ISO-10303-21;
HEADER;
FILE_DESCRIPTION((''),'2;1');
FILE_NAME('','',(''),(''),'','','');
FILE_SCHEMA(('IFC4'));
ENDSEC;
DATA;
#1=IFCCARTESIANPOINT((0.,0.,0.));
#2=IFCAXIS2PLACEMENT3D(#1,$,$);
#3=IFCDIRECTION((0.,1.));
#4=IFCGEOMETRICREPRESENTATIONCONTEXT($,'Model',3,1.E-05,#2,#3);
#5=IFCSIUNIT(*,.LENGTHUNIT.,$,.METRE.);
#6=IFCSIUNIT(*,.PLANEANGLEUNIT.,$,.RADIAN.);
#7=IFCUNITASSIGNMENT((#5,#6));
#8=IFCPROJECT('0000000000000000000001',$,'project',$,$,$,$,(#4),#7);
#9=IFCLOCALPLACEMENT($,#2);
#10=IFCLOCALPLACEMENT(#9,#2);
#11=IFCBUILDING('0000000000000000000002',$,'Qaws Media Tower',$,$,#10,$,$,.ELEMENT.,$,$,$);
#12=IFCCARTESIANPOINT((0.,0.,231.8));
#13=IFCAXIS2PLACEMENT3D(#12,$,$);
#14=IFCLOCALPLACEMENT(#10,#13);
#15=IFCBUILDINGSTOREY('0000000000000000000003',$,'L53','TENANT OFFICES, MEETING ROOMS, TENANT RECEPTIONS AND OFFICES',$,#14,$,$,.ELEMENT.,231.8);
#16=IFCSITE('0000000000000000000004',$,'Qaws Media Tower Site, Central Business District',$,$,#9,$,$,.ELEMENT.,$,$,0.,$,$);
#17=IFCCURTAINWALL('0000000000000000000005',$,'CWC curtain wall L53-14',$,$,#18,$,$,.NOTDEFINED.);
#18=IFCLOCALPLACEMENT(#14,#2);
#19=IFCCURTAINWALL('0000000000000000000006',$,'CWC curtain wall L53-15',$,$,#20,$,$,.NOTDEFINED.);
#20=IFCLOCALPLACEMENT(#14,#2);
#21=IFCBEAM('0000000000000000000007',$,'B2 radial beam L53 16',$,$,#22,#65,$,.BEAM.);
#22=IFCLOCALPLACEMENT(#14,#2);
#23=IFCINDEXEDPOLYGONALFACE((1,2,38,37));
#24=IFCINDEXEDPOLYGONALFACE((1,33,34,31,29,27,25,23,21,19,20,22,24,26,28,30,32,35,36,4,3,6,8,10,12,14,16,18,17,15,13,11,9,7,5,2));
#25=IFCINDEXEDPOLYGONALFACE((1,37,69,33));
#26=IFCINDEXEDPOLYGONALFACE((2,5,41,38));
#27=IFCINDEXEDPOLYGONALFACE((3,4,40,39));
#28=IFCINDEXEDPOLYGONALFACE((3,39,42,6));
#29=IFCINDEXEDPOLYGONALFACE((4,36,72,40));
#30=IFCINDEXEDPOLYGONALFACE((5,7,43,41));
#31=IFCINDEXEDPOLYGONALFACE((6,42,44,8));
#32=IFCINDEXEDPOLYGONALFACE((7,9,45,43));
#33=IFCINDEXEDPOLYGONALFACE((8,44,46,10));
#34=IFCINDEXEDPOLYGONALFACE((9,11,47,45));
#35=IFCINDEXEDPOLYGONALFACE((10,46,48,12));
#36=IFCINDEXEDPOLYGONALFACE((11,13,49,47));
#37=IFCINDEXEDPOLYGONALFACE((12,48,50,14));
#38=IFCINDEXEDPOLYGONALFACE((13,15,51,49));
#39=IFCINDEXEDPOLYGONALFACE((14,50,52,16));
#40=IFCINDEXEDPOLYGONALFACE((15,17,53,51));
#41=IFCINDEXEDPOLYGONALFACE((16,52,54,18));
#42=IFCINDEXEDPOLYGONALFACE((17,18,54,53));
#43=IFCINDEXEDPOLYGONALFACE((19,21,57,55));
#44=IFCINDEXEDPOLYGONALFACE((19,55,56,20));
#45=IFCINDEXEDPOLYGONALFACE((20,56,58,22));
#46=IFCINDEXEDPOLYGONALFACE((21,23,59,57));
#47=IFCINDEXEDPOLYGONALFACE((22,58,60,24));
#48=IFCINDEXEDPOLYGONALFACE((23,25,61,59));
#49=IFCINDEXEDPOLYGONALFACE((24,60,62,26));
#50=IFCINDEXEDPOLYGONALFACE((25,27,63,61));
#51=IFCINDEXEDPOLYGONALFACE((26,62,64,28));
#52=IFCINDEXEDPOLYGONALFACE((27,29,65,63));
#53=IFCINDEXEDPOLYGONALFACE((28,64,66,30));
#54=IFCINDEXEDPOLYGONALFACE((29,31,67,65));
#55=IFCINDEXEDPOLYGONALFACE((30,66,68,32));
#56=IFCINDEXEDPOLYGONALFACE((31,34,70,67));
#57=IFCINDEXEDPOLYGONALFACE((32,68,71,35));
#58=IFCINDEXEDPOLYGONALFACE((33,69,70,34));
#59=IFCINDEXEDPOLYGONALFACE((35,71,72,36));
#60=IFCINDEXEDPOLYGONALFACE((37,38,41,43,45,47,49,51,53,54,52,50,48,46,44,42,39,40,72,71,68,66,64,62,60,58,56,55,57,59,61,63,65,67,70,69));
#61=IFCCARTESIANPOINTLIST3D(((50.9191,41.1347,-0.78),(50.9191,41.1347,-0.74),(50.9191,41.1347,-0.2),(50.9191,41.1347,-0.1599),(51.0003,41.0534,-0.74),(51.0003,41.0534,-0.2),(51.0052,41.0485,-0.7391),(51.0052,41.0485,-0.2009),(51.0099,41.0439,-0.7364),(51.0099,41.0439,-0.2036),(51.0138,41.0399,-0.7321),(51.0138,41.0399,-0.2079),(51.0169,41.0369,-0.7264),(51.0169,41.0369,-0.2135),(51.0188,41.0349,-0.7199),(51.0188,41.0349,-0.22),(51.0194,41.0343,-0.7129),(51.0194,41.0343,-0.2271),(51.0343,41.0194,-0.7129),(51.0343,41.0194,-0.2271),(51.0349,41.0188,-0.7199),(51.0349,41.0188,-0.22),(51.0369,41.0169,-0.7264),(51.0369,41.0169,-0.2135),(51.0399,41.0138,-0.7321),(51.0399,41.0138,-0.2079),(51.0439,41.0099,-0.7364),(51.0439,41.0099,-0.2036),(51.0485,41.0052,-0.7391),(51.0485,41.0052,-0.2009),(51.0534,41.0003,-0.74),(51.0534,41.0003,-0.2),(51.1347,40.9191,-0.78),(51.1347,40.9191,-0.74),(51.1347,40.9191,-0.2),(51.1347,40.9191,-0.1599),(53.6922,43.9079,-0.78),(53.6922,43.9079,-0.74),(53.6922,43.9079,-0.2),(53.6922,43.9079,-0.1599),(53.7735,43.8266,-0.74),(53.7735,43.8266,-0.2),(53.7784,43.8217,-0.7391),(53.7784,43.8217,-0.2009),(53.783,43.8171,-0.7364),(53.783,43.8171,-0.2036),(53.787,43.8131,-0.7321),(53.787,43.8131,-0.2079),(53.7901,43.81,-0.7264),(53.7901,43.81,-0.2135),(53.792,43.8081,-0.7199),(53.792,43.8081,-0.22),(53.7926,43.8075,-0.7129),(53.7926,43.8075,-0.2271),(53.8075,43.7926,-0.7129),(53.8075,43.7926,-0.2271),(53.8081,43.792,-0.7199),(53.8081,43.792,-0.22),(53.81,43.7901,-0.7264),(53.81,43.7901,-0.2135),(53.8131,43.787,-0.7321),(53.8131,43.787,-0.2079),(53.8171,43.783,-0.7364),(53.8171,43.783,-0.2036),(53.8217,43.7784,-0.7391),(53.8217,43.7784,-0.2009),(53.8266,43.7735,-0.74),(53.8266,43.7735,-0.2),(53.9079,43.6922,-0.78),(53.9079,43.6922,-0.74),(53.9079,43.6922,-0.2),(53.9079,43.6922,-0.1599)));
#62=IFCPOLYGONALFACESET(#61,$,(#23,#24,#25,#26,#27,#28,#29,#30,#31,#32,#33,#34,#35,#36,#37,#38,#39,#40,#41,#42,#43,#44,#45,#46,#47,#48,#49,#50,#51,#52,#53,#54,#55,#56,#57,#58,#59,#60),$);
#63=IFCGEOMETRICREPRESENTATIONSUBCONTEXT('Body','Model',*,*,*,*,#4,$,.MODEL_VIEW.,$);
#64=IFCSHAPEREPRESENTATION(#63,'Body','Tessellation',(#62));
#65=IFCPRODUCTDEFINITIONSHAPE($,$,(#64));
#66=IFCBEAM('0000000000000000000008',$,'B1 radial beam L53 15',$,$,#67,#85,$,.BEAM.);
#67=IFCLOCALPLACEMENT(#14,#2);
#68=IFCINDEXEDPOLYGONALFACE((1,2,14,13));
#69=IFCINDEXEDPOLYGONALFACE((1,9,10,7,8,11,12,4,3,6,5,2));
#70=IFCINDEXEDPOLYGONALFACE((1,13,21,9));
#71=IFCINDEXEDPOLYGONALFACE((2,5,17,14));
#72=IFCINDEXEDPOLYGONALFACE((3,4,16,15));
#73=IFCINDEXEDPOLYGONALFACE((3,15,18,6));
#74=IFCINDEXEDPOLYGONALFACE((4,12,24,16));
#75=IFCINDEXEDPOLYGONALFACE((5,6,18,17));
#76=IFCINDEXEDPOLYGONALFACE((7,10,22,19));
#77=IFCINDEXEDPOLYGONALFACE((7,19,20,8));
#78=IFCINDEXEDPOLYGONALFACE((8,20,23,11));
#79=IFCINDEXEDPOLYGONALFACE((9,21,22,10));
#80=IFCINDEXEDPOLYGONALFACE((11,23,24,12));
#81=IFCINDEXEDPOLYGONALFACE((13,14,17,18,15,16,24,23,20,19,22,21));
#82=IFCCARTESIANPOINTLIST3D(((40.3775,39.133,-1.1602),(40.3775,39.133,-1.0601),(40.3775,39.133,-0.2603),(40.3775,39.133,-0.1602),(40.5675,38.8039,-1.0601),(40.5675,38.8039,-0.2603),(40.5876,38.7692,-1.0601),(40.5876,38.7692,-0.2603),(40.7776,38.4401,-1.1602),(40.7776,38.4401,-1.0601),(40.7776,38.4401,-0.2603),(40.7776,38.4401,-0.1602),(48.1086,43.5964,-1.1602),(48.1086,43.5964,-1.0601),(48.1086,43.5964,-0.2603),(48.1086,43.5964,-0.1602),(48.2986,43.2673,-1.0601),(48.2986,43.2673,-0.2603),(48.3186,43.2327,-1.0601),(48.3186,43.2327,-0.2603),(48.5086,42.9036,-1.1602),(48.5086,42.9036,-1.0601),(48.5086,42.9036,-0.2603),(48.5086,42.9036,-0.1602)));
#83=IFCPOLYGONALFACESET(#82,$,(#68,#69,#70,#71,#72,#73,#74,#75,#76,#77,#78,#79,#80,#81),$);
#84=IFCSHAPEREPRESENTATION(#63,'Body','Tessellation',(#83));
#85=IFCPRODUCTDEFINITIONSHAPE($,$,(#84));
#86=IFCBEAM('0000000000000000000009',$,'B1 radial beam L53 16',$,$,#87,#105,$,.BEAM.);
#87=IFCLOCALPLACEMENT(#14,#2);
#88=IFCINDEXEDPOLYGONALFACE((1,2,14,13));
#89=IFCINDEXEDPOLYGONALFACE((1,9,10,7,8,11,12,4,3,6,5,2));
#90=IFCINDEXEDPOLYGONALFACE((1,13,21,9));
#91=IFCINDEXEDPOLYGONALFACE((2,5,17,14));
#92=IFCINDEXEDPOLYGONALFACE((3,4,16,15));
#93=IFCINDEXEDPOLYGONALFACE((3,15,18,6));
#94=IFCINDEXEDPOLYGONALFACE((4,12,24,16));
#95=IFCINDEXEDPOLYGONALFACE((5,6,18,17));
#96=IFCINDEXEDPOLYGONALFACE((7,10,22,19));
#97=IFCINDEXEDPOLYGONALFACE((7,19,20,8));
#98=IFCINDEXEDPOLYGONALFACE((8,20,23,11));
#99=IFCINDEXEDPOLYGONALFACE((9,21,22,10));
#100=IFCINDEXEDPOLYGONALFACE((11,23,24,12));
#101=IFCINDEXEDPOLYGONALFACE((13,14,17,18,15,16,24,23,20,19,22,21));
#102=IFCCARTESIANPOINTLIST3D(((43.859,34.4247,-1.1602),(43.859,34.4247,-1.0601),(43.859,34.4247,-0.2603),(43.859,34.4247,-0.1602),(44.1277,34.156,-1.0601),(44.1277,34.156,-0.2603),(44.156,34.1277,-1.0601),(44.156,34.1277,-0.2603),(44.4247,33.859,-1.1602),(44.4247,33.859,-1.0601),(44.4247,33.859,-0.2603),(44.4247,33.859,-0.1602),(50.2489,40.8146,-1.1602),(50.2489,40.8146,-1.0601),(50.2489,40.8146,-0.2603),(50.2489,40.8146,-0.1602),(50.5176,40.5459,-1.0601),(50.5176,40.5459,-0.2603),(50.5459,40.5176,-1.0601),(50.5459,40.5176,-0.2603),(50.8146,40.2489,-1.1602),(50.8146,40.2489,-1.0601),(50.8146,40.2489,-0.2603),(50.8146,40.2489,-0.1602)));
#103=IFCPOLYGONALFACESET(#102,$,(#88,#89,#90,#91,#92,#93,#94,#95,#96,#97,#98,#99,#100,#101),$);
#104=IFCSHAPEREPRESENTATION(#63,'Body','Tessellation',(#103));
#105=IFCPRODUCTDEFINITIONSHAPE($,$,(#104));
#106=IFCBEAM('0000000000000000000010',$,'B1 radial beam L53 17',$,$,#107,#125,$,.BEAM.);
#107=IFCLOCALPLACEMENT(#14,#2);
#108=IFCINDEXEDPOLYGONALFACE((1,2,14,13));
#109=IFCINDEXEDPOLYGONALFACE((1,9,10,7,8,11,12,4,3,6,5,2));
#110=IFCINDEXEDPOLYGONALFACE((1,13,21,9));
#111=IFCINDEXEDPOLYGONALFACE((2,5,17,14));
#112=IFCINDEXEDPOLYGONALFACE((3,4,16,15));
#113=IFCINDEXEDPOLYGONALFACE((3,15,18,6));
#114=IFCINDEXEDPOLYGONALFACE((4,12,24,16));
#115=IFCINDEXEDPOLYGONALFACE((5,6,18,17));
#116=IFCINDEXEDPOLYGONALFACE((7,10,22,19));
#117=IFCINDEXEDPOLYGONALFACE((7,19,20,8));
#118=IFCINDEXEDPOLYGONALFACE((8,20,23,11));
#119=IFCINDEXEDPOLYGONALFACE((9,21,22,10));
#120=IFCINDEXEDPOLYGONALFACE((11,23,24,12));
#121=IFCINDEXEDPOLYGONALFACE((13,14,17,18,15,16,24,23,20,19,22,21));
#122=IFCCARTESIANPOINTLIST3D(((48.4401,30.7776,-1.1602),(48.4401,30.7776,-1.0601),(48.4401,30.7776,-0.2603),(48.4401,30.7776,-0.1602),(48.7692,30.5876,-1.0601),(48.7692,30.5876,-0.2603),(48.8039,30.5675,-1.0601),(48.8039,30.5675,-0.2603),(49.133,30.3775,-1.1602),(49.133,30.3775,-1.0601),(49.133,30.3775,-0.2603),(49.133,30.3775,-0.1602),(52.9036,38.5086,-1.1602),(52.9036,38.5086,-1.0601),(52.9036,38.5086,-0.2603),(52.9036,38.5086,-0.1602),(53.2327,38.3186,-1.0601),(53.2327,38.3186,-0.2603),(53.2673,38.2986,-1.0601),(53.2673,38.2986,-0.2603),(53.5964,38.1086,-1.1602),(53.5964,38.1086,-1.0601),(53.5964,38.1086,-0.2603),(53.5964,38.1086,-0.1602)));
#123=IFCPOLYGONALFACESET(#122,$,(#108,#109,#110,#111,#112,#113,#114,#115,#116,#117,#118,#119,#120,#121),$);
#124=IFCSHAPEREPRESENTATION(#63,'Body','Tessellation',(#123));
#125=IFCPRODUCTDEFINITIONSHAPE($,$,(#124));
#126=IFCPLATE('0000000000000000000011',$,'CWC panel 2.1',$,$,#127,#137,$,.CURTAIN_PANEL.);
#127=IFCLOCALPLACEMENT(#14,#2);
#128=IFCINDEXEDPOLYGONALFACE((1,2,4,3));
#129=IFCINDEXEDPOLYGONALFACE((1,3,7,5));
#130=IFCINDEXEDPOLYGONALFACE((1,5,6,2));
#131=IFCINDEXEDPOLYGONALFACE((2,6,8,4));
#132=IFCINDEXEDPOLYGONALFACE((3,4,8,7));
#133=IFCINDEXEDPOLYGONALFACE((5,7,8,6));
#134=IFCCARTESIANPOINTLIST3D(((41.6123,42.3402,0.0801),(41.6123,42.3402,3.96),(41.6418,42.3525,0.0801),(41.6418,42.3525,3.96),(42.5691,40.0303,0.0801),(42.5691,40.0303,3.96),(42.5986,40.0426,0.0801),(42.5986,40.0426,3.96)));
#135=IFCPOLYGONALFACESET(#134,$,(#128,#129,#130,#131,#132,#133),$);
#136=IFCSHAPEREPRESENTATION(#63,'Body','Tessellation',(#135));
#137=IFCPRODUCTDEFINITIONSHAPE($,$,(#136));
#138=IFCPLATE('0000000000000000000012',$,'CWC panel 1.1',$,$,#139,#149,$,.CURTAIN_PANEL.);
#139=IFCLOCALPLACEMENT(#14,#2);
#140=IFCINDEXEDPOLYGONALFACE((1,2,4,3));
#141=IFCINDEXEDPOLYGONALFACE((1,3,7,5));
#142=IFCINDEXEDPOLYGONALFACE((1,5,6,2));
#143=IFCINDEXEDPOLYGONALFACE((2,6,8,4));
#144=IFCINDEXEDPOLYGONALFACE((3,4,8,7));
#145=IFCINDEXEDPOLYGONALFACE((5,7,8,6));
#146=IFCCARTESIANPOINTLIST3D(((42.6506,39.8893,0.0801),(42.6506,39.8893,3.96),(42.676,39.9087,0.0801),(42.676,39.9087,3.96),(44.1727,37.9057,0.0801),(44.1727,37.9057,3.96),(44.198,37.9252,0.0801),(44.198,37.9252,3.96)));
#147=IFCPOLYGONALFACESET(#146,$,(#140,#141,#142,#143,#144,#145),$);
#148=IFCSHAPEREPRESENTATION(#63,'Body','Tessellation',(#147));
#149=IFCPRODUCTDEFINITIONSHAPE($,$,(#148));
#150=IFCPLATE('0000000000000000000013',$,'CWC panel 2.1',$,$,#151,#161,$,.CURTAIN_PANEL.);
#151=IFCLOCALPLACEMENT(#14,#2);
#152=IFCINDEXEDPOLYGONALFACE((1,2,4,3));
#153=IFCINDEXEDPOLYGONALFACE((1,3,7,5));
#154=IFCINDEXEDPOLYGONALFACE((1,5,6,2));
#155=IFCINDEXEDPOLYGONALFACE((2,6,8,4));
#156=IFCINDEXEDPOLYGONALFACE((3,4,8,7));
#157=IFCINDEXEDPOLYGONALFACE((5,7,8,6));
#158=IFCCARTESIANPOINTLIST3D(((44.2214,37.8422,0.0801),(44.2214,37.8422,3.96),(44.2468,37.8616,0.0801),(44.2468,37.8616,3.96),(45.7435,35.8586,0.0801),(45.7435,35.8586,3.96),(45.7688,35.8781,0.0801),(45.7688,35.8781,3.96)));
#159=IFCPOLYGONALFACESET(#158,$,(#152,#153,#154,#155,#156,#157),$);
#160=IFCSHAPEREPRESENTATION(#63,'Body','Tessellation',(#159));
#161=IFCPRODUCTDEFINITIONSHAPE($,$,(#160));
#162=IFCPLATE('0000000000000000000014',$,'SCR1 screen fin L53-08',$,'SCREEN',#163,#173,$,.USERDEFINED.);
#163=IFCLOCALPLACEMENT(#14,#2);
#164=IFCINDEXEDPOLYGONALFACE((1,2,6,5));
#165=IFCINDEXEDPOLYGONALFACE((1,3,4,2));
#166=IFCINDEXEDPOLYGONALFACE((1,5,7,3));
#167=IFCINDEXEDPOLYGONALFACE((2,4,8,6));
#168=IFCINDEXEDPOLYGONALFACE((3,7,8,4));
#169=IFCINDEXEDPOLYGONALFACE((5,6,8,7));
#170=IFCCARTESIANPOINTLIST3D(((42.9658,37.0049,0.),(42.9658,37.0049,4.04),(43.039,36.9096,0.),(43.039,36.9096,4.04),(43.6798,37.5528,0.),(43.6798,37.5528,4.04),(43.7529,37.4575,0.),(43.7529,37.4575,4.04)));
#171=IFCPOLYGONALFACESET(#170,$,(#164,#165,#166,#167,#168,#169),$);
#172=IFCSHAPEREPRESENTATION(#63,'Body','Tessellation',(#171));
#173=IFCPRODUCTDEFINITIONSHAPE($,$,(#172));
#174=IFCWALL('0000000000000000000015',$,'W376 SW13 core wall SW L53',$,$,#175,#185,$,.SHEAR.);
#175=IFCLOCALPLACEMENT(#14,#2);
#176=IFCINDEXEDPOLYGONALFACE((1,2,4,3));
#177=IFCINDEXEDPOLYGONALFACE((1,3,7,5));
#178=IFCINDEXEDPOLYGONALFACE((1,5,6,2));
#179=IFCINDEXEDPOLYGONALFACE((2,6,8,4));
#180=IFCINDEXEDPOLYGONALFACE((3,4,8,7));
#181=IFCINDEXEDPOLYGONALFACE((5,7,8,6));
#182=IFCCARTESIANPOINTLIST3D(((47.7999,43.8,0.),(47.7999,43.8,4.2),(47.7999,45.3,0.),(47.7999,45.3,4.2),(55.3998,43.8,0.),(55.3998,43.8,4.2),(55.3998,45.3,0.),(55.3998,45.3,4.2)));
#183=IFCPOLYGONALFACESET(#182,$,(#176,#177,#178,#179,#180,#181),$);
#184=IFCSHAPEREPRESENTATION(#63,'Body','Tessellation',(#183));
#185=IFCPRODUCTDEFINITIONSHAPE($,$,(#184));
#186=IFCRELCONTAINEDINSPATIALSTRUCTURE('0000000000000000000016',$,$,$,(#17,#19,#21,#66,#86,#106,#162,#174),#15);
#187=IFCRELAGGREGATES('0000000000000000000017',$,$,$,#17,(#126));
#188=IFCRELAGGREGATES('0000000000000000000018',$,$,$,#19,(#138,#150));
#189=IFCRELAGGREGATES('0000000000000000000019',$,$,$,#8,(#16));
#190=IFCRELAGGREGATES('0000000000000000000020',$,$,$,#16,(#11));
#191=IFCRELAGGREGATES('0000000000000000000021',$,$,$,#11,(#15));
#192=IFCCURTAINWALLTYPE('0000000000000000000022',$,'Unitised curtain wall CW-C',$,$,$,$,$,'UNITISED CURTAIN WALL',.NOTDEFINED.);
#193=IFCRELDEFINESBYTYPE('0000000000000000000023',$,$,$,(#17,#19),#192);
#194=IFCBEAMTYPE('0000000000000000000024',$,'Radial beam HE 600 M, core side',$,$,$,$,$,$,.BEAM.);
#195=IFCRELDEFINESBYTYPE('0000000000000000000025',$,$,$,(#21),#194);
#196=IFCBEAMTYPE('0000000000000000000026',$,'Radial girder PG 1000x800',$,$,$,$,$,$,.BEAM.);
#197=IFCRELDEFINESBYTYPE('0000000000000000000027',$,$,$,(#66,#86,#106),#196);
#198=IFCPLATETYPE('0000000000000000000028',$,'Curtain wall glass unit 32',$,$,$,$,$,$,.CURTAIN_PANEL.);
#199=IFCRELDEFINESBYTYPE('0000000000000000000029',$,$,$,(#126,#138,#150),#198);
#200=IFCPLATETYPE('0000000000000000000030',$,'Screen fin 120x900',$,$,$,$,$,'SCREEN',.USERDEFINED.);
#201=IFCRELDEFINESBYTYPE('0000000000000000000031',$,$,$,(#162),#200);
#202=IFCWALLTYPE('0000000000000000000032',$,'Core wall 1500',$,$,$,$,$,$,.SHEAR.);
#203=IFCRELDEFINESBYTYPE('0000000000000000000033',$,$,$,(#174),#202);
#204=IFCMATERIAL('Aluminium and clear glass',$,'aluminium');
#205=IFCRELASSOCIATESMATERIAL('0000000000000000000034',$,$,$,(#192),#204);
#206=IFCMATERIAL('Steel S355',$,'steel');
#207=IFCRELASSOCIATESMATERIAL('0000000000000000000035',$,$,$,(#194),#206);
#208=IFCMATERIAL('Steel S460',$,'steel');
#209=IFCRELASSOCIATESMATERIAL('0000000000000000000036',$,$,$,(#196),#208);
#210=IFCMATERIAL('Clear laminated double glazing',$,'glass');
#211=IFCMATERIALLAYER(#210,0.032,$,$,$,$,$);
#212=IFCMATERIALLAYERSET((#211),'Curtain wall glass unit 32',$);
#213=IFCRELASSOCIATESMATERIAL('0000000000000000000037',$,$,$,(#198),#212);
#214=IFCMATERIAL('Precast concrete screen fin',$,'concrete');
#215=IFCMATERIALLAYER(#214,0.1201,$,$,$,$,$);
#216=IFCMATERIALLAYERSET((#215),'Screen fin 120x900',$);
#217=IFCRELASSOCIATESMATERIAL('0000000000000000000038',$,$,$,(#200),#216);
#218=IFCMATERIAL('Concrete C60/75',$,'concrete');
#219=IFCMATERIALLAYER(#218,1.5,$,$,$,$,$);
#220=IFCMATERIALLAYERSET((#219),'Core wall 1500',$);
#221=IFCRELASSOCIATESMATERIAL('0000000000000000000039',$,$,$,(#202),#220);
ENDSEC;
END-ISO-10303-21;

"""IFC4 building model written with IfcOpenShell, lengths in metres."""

from ifc_helpers import new_model, si_unit, direction, frame, frame_2d, origin, origin_2d, place, context, subcontext, project, spatial, rectangle, i_section, extrude, material, layer, layer_set, material_profile, profile_set, type_object, element, aggregate, save


model = new_model("IFC4")

# Units and contexts
model_context = context("Model", 3, precision=1e-05, world=origin(), true_north=direction((0.0, 1.0)))
body_context = subcontext(model_context, "Body", "Model", "MODEL_VIEW")
ifc_project = project(units=[si_unit("LENGTHUNIT", "METRE"), si_unit("PLANEANGLEUNIT", "RADIAN")], contexts=[model_context])

# Site, building, storey
site_placement = place(None, origin())
site = spatial("IfcSite", under=ifc_project, at=site_placement, Name="Qaws Media Tower Site, Central Business District", CompositionType="ELEMENT", RefElevation=0.0)
building_placement = place(site_placement, origin())
building = spatial("IfcBuilding", under=site, at=building_placement, Name="Qaws Media Tower", CompositionType="ELEMENT")
storey_placement = place(building_placement, frame((0.0, 0.0, 231.8)))
storey = spatial("IfcBuildingStorey", under=building, at=storey_placement, Name="L53", Description="TENANT OFFICES, MEETING ROOMS, TENANT RECEPTIONS AND OFFICES", CompositionType="ELEMENT", Elevation=231.8)

# Curtain wall
ifc_material_1 = material(Name="Aluminium and clear glass", Category="aluminium")
curtain_wall_type = type_object("IfcCurtainWallType", Name="Unitised curtain wall CW-C", ElementType="UNITISED CURTAIN WALL", PredefinedType="NOTDEFINED", material=ifc_material_1)
curtain_wall_1_placement = place(storey_placement, origin())
curtain_wall_1 = element("IfcCurtainWall", 1, at=curtain_wall_1_placement, inside=storey, type_object=curtain_wall_type, Name="CWC curtain wall L53-14", PredefinedType="NOTDEFINED")

# Curtain wall
curtain_wall_2_placement = place(storey_placement, origin())
curtain_wall_2 = element("IfcCurtainWall", 2, at=curtain_wall_2_placement, inside=storey, type_object=curtain_wall_type, Name="CWC curtain wall L53-15", PredefinedType="NOTDEFINED")

# Beams
ifc_material_2 = material(Name="Steel S355", Category="steel")
ifc_material_profile_1 = material_profile(ifc_material_2, i_section(OverallWidth=0.3049, OverallDepth=0.6201, WebThickness=0.021, FlangeThickness=0.04, FilletRadius=0.0271, at=origin_2d()), Name="HE 600 M")
ifc_profile_set_1 = profile_set([ifc_material_profile_1], Name="Steel S355")
beam_type_1 = type_object("IfcBeamType", Name="Radial beam HE 600 M, core side", PredefinedType="BEAM", material=ifc_profile_set_1)
beam_1_placement = place(storey_placement, frame((53.8, 43.8, -0.47), z_axis=(-0.707107, -0.707107, 0.0), x_axis=(0.707107, -0.707107, 0.0)))
element("IfcBeam", 3, at=beam_1_placement, inside=storey, type_object=beam_type_1, Name="B2 radial beam L53 16", PredefinedType="BEAM", context=body_context, shape_type="SweptSolid", body=[
    extrude(i_section(OverallWidth=0.3049, OverallDepth=0.6201, WebThickness=0.021, FlangeThickness=0.04, FilletRadius=0.0271, at=origin_2d()), origin(), (0.0, 0.0, 1.0), 3.9219),
])
ifc_material_3 = material(Name="Steel S460", Category="steel")
ifc_material_profile_2 = material_profile(ifc_material_3, i_section(OverallWidth=0.8, OverallDepth=1.0, WebThickness=0.04, FlangeThickness=0.1001, at=origin_2d()), Name="PG 1000x800")
ifc_profile_set_2 = profile_set([ifc_material_profile_2], Name="Steel S460")
beam_type_2 = type_object("IfcBeamType", Name="Radial girder PG 1000x800", PredefinedType="BEAM", material=ifc_profile_set_2)
beam_2_placement = place(storey_placement, frame((48.3086, 43.25, -0.6602), z_axis=(-0.86603, -0.499992, 0.0), x_axis=(0.499992, -0.86603, 0.0)))
element("IfcBeam", 4, at=beam_2_placement, inside=storey, type_object=beam_type_2, Name="B1 radial beam L53 15", PredefinedType="BEAM", context=body_context, shape_type="SweptSolid", body=[
    extrude(i_section(OverallWidth=0.8, OverallDepth=1.0, WebThickness=0.04, FlangeThickness=0.1001, at=origin_2d()), origin(), (0.0, 0.0, 1.0), 8.927),
])
beam_3_placement = place(storey_placement, frame((50.5317, 40.5317, -0.6602), z_axis=(-0.707107, -0.707107, 0.0), x_axis=(0.707107, -0.707107, 0.0)))
element("IfcBeam", 5, at=beam_3_placement, inside=storey, type_object=beam_type_2, Name="B1 radial beam L53 16", PredefinedType="BEAM", context=body_context, shape_type="SweptSolid", body=[
    extrude(i_section(OverallWidth=0.8, OverallDepth=1.0, WebThickness=0.04, FlangeThickness=0.1001, at=origin_2d()), origin(), (0.0, 0.0, 1.0), 9.0366),
])
beam_4_placement = place(storey_placement, frame((53.25, 38.3086, -0.6602), z_axis=(-0.499992, -0.86603, 0.0), x_axis=(0.86603, -0.499992, 0.0)))
element("IfcBeam", 6, at=beam_4_placement, inside=storey, type_object=beam_type_2, Name="B1 radial beam L53 17", PredefinedType="BEAM", context=body_context, shape_type="SweptSolid", body=[
    extrude(i_section(OverallWidth=0.8, OverallDepth=1.0, WebThickness=0.04, FlangeThickness=0.1001, at=origin_2d()), origin(), (0.0, 0.0, 1.0), 8.927),
])

# Plates
ifc_material_4 = material(Name="Clear laminated double glazing", Category="glass")
ifc_layer_1 = layer(ifc_material_4, 0.032)
ifc_layer_set_1 = layer_set([ifc_layer_1], Name="Curtain wall glass unit 32")
plate_type_1 = type_object("IfcPlateType", Name="Curtain wall glass unit 32", PredefinedType="CURTAIN_PANEL", material=ifc_layer_set_1)
plate_1_placement = place(storey_placement, frame((42.1055, 41.1914, 0.0801), z_axis=(0.0, 0.0, 1.0), x_axis=(0.382683, -0.92388, 0.0)))
plate_1 = element("IfcPlate", 7, at=plate_1_placement, type_object=plate_type_1, Name="CWC panel 2.1", PredefinedType="CURTAIN_PANEL", context=body_context, shape_type="SweptSolid", body=[
    extrude(rectangle(XDim=2.5002, YDim=0.032, at=origin_2d()), origin(), (0.0, 0.0, 1.0), 3.8799),
])
aggregate(curtain_wall_1, [plate_1])
plate_2_placement = place(storey_placement, frame((43.4243, 38.9072, 0.0801), z_axis=(0.0, 0.0, 1.0), x_axis=(0.608761, -0.793353, 0.0)))
plate_2 = element("IfcPlate", 8, at=plate_2_placement, type_object=plate_type_1, Name="CWC panel 1.1", PredefinedType="CURTAIN_PANEL", context=body_context, shape_type="SweptSolid", body=[
    extrude(rectangle(XDim=2.5002, YDim=0.032, at=origin_2d()), origin(), (0.0, 0.0, 1.0), 3.8799),
])
plate_3_placement = place(storey_placement, frame((44.9951, 36.8601, 0.0801), z_axis=(0.0, 0.0, 1.0), x_axis=(0.608761, -0.793353, 0.0)))
plate_3 = element("IfcPlate", 9, at=plate_3_placement, type_object=plate_type_1, Name="CWC panel 2.1", PredefinedType="CURTAIN_PANEL", context=body_context, shape_type="SweptSolid", body=[
    extrude(rectangle(XDim=2.5002, YDim=0.032, at=origin_2d()), origin(), (0.0, 0.0, 1.0), 3.8799),
])
aggregate(curtain_wall_2, [plate_2, plate_3])
ifc_material_5 = material(Name="Precast concrete screen fin", Category="concrete")
ifc_layer_2 = layer(ifc_material_5, 0.1201)
ifc_layer_set_2 = layer_set([ifc_layer_2], Name="Screen fin 120x900")
plate_type_2 = type_object("IfcPlateType", Name="Screen fin 120x900", ElementType="SCREEN", PredefinedType="USERDEFINED", material=ifc_layer_set_2)
plate_4_placement = place(storey_placement, frame((43.3594, 37.2312, 0.0), z_axis=(0.0, 0.0, 1.0), x_axis=(-0.793353, -0.608761, 0.0)))
element("IfcPlate", 10, at=plate_4_placement, inside=storey, type_object=plate_type_2, Name="SCR1 screen fin L53-08", ObjectType="SCREEN", PredefinedType="USERDEFINED", context=body_context, shape_type="SweptSolid", body=[
    extrude(rectangle(XDim=0.8999, YDim=0.1201, at=origin_2d()), origin(), (0.0, 0.0, 1.0), 4.04),
])

# Wall
ifc_material_6 = material(Name="Concrete C60/75", Category="concrete")
ifc_layer_3 = layer(ifc_material_6, 1.5)
ifc_layer_set_3 = layer_set([ifc_layer_3], Name="Core wall 1500")
wall_type_1 = type_object("IfcWallType", Name="Core wall 1500", PredefinedType="SHEAR", material=ifc_layer_set_3)
wall_1_placement = place(storey_placement, frame((47.8, 44.55, 0.0), z_axis=(0.0, 0.0, 1.0), x_axis=(1.0, 0.0, 0.0)))
element("IfcWall", 11, at=wall_1_placement, inside=storey, type_object=wall_type_1, Name="W376 SW13 core wall SW L53", PredefinedType="SHEAR", context=body_context, shape_type="SweptSolid", body=[
    extrude(rectangle(XDim=7.5999, YDim=1.5, at=frame_2d((3.7998, 0.0))), origin(), (0.0, 0.0, 1.0), 4.2),
])

save(model, "model.ifc")
